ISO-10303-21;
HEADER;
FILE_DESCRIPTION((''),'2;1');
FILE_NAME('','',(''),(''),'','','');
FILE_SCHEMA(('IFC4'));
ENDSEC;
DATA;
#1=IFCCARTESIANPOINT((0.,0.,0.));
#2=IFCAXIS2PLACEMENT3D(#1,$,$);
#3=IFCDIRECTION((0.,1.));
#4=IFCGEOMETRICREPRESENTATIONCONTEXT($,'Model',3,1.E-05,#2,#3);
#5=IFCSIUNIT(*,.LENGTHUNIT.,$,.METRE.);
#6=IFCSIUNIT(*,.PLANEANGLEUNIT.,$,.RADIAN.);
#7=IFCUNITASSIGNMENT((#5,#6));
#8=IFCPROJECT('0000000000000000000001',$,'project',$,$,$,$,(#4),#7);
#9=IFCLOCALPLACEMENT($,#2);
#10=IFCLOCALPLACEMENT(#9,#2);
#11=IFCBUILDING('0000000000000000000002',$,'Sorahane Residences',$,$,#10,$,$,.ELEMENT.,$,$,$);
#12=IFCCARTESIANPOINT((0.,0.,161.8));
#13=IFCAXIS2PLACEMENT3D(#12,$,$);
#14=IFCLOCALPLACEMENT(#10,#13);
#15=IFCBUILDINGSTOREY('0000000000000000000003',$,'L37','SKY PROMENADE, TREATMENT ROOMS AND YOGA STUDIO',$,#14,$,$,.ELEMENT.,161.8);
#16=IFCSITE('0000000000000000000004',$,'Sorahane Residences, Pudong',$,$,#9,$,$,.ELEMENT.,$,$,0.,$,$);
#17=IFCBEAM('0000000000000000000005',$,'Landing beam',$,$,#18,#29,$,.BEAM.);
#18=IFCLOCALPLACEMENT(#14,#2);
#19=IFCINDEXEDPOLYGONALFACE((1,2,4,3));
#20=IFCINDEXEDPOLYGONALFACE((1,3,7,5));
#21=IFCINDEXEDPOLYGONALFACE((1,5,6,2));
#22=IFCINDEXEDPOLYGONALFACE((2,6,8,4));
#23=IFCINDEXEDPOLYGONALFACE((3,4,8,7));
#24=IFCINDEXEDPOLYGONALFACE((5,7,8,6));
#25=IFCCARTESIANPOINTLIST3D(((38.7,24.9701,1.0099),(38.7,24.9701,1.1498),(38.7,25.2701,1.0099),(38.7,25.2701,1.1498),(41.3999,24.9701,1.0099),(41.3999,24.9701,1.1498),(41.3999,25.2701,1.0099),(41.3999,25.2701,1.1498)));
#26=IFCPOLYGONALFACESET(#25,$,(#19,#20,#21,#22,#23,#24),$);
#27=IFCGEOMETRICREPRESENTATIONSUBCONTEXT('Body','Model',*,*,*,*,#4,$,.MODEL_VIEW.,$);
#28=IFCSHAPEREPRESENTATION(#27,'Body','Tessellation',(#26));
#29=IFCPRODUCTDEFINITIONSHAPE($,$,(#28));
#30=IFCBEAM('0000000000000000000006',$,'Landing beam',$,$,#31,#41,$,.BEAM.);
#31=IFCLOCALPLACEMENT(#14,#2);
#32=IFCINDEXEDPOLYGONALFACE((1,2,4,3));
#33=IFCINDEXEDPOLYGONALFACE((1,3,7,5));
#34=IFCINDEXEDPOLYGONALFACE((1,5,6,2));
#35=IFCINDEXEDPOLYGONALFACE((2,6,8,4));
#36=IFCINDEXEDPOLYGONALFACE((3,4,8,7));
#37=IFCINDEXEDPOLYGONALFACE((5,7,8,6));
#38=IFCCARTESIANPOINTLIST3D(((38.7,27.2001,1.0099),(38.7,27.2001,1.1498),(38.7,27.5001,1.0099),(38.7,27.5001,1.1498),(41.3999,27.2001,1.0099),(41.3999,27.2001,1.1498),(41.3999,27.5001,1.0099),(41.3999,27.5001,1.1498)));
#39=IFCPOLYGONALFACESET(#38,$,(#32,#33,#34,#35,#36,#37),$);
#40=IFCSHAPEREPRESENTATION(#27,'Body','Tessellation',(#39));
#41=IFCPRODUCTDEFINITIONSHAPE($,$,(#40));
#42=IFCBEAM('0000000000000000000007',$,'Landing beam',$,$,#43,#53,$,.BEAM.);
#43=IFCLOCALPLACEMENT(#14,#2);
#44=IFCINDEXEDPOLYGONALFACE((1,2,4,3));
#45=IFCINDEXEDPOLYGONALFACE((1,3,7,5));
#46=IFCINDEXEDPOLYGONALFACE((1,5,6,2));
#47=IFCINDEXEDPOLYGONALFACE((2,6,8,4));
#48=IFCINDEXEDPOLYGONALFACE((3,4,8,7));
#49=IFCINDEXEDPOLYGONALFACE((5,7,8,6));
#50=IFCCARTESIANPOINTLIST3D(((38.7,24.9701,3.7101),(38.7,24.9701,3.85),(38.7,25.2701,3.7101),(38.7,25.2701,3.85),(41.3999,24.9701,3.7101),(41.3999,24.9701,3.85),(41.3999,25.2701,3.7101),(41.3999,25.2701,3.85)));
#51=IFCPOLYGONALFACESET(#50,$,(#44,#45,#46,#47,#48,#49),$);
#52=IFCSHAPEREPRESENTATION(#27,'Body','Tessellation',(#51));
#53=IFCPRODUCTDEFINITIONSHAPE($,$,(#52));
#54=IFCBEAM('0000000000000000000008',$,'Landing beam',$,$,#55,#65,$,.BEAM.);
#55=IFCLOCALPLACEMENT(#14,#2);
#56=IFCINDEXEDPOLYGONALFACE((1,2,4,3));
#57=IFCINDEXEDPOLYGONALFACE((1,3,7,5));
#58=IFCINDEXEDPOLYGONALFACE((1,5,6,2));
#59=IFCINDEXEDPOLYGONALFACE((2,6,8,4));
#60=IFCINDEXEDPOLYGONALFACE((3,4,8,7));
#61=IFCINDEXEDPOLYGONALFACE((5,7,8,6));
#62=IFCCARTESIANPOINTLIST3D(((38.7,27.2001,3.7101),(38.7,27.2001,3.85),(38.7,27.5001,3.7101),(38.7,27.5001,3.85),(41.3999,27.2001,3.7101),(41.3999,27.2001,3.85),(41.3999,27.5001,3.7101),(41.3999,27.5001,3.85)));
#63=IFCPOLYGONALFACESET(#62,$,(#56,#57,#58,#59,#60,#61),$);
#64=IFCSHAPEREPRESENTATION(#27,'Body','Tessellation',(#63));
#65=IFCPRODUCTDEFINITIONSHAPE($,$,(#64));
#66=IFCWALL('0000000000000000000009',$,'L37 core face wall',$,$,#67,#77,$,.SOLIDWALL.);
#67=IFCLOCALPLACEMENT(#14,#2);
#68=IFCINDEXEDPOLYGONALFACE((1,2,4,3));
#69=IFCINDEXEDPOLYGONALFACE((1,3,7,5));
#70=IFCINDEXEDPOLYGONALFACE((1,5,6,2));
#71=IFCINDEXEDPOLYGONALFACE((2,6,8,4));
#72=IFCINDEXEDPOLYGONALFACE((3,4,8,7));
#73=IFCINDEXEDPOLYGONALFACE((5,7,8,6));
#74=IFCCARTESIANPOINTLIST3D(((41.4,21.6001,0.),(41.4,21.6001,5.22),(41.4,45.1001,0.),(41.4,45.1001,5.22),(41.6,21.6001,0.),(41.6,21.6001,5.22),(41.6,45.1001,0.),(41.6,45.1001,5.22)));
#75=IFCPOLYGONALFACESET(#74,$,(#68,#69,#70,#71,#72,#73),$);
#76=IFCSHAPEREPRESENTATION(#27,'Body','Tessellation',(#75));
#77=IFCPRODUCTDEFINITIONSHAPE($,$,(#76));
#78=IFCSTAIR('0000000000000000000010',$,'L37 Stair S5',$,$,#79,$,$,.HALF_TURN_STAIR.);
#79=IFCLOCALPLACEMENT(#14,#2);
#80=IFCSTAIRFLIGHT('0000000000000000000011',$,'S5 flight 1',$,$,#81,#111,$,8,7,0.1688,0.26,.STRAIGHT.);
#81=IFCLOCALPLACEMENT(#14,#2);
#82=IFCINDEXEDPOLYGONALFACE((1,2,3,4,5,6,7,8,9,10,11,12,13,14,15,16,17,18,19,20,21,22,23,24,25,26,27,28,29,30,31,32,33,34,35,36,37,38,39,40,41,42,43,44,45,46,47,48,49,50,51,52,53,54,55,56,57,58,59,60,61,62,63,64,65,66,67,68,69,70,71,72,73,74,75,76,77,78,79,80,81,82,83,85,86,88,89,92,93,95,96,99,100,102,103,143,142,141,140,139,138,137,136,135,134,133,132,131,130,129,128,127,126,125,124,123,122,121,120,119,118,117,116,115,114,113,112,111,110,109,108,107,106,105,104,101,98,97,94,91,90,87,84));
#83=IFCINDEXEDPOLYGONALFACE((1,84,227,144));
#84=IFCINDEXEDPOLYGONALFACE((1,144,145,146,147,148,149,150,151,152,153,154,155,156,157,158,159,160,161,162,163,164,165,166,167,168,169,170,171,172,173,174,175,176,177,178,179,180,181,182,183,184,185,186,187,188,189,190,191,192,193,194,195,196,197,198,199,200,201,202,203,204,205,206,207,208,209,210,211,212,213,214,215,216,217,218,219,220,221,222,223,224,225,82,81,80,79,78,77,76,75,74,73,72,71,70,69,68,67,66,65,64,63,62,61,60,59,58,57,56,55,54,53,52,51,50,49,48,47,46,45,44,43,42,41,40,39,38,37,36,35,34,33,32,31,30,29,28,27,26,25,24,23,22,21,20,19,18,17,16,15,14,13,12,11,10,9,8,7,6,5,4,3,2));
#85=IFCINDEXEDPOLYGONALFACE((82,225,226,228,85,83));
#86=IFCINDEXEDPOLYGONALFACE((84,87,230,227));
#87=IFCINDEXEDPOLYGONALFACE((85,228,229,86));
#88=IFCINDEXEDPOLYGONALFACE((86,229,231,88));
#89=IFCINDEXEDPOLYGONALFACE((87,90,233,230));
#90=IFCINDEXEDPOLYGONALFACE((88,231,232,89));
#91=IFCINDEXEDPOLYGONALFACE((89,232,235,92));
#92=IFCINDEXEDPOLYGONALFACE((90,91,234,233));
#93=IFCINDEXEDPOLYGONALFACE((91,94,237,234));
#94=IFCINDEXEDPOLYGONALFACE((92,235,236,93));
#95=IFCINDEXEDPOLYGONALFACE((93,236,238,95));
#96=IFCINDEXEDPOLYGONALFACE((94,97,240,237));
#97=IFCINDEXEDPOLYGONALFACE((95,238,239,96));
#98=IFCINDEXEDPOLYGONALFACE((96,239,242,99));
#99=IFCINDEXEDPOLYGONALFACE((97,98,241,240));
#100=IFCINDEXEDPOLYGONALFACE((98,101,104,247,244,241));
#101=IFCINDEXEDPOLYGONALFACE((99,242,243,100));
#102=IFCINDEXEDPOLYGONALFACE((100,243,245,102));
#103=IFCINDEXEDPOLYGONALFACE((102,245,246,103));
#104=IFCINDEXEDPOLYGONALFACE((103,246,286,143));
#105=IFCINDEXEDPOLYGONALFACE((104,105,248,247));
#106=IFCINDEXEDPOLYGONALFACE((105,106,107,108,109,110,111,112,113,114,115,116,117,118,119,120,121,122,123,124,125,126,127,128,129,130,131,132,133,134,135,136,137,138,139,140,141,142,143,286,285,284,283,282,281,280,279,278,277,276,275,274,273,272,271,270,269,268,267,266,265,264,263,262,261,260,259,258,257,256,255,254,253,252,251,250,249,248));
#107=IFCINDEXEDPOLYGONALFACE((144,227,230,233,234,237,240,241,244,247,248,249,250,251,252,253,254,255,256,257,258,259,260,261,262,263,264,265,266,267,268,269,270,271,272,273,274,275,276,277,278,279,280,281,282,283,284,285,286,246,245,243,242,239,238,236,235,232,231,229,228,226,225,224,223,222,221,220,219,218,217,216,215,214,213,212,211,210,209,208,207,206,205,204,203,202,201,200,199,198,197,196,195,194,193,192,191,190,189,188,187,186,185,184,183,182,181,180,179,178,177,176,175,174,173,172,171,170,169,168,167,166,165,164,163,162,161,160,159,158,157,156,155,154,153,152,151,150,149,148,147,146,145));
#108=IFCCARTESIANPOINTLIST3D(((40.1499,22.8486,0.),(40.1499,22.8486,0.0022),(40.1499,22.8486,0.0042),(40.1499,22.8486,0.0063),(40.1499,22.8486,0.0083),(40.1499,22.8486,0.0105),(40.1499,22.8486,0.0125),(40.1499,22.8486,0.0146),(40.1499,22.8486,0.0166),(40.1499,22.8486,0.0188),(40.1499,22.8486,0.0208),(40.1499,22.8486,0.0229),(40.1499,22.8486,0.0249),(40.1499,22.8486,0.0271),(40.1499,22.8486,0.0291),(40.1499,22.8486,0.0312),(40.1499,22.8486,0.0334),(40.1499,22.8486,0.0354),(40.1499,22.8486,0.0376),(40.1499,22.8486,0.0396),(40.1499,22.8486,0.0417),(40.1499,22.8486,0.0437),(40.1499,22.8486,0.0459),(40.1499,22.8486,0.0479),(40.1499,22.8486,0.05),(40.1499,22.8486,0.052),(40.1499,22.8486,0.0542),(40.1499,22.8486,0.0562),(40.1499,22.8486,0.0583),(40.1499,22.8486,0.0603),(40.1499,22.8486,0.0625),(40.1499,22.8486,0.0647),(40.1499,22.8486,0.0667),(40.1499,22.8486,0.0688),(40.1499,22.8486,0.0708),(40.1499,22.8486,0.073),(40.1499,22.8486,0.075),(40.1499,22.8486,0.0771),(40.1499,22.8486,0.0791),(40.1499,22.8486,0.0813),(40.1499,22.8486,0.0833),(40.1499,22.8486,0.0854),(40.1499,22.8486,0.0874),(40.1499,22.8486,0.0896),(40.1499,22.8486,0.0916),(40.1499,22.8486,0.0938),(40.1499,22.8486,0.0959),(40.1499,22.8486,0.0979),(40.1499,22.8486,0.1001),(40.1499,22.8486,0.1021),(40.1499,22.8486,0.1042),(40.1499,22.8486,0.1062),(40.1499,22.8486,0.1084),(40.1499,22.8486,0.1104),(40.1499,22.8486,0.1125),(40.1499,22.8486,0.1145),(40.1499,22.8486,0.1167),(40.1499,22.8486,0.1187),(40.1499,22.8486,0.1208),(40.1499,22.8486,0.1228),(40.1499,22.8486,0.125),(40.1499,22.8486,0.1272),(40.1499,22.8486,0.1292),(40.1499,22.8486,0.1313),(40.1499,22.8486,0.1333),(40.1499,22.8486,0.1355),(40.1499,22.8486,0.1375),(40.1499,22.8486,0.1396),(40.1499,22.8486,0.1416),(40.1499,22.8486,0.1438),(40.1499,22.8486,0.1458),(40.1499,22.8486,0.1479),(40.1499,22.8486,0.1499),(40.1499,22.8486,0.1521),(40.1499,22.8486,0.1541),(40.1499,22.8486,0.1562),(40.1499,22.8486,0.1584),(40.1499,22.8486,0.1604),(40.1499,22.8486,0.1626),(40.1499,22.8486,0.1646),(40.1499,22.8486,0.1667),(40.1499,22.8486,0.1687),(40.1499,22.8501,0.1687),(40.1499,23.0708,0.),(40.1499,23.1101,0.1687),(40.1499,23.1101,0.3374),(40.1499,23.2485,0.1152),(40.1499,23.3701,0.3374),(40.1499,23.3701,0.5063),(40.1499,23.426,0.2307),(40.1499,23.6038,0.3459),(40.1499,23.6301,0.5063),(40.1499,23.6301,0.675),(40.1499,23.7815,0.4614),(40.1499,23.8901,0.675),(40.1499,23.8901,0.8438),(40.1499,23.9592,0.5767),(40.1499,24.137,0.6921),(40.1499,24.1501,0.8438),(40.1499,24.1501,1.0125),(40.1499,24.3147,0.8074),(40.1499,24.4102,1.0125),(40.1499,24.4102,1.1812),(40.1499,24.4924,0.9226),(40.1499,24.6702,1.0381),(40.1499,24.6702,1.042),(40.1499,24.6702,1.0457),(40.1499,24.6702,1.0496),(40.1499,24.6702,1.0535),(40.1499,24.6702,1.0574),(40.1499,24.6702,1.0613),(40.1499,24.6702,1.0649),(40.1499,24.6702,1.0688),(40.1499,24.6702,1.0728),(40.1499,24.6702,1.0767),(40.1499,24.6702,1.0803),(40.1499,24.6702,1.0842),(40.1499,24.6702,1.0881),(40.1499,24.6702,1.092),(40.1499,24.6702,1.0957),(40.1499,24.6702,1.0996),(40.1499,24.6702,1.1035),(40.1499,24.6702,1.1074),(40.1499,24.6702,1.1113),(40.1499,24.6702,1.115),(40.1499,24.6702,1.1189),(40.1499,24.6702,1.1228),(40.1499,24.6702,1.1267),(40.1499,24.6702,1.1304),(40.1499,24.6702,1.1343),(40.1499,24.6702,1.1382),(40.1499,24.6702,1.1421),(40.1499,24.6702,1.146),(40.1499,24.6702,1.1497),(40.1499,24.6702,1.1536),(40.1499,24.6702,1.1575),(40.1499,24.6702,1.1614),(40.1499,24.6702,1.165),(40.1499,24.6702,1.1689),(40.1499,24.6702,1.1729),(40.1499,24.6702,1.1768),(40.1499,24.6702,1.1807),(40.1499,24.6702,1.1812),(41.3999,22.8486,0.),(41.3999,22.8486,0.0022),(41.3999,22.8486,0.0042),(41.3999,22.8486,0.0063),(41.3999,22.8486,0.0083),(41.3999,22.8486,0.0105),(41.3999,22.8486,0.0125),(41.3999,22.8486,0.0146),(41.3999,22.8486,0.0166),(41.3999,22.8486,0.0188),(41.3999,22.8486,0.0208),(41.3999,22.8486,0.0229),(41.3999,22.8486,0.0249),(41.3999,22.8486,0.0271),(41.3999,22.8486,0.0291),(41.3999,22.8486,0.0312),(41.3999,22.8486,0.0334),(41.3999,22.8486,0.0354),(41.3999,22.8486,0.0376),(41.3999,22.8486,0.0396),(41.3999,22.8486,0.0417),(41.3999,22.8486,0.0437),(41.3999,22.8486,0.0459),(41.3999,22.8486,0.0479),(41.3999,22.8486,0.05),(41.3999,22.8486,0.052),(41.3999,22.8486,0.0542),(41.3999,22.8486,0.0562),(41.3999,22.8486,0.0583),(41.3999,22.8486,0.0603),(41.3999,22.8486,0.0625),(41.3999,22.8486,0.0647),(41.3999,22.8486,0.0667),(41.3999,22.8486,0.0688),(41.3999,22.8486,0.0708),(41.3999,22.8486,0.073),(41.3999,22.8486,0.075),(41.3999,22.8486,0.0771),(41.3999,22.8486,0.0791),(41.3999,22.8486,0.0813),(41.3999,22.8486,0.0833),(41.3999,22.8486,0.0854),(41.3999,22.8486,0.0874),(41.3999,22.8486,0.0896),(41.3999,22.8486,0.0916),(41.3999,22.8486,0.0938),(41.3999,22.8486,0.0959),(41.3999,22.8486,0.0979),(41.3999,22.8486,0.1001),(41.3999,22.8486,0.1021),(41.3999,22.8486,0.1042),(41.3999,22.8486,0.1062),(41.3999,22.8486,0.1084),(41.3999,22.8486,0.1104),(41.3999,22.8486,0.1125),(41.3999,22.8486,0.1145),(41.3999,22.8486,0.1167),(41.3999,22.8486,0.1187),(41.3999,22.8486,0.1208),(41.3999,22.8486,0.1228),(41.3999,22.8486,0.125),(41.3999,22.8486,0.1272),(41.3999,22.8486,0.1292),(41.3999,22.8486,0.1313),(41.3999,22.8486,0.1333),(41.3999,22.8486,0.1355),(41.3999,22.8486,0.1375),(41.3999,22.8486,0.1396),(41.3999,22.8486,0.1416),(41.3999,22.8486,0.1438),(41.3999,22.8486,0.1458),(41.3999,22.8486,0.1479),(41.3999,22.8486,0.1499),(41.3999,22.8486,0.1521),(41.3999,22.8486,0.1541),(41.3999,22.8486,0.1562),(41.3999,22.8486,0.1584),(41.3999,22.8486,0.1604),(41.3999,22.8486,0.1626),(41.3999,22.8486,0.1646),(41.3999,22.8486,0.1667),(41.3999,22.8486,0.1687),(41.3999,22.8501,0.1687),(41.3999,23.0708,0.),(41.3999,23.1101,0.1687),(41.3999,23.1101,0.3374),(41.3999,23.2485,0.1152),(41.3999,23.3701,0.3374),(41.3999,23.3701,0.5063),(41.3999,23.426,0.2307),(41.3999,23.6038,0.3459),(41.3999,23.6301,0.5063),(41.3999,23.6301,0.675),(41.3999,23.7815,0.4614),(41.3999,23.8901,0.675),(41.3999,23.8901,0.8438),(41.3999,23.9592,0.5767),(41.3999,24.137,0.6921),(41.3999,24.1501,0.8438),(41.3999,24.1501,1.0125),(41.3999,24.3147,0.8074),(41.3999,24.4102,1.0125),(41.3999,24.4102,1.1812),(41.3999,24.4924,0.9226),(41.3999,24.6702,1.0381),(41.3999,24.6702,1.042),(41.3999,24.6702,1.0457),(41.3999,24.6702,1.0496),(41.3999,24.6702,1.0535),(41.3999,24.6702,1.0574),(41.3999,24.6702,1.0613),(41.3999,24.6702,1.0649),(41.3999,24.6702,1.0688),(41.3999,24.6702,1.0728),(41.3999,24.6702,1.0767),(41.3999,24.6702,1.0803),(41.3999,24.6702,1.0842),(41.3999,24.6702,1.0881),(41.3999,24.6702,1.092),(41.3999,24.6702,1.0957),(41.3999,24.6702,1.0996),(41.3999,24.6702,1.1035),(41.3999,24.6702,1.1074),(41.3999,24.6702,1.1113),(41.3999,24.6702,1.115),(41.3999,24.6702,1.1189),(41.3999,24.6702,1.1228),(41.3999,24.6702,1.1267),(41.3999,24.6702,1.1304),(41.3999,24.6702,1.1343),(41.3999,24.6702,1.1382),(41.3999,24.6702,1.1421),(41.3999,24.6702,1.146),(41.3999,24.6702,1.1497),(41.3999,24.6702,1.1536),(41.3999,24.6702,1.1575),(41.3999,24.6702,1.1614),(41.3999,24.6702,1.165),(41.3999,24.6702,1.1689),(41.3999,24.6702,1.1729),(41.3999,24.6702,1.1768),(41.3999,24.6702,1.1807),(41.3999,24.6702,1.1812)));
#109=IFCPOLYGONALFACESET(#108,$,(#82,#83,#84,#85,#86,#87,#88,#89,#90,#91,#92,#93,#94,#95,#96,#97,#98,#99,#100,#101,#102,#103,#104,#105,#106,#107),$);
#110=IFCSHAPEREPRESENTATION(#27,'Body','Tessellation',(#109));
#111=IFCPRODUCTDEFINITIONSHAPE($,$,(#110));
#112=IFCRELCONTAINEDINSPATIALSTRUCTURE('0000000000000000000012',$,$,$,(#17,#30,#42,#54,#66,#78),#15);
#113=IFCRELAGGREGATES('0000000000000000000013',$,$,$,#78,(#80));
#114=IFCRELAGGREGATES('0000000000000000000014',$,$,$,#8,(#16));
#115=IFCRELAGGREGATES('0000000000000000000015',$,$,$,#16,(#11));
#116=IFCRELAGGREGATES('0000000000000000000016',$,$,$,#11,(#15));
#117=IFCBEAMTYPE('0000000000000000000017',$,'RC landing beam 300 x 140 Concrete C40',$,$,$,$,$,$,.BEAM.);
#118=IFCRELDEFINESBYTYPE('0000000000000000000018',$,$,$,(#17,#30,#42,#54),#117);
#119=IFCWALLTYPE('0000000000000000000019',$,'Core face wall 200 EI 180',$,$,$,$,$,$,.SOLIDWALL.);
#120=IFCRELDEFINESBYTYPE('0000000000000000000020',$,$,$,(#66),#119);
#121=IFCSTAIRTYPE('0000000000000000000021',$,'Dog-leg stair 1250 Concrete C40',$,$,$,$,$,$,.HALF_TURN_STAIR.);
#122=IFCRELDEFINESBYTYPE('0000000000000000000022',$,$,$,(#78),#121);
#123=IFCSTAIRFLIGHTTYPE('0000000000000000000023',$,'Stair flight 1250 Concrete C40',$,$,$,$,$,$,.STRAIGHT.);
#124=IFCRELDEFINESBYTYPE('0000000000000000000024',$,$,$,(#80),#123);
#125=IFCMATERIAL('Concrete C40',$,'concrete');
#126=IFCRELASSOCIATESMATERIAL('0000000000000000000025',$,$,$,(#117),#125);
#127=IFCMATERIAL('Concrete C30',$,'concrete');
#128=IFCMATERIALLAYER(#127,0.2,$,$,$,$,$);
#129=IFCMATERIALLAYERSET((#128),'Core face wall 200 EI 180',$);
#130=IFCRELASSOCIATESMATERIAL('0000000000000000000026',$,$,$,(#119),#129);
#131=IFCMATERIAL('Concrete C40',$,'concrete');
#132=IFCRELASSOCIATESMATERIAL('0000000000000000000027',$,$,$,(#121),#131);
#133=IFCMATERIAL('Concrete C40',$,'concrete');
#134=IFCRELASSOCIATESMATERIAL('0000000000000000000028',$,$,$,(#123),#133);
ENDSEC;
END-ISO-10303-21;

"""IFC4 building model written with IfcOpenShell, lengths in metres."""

from ifc_helpers import new_model, si_unit, direction, frame, frame_2d, origin, origin_2d, place, context, subcontext, project, spatial, polyline, rectangle, outline, extrude, material, layer, layer_set, material_profile, profile_set, type_object, element, aggregate, save


model = new_model("IFC4")

# Units and contexts
model_context = context("Model", 3, precision=1e-05, world=origin(), true_north=direction((0.0, 1.0)))
body_context = subcontext(model_context, "Body", "Model", "MODEL_VIEW")
ifc_project = project(units=[si_unit("LENGTHUNIT", "METRE"), si_unit("PLANEANGLEUNIT", "RADIAN")], contexts=[model_context])

# Site, building, storey
site_placement = place(None, origin())
site = spatial("IfcSite", under=ifc_project, at=site_placement, Name="Sorahane Residences, Pudong", CompositionType="ELEMENT", RefElevation=0.0)
building_placement = place(site_placement, origin())
building = spatial("IfcBuilding", under=site, at=building_placement, Name="Sorahane Residences", CompositionType="ELEMENT")
storey_placement = place(building_placement, frame((0.0, 0.0, 161.8)))
storey = spatial("IfcBuildingStorey", under=building, at=storey_placement, Name="L37", Description="SKY PROMENADE, TREATMENT ROOMS AND YOGA STUDIO", CompositionType="ELEMENT", Elevation=161.8)

# Beams
ifc_material_1 = material(Name="Concrete C40", Category="concrete")
ifc_material_profile = material_profile(ifc_material_1, rectangle(XDim=0.3, YDim=0.1399, at=origin_2d()), Name="300x140")
ifc_profile_set = profile_set([ifc_material_profile], Name="Concrete C40")
beam_type = type_object("IfcBeamType", Name="RC landing beam 300 x 140 Concrete C40", PredefinedType="BEAM", material=ifc_profile_set)
for number, where, z_axis, x_axis, name in (
    (1, (38.7, 25.1201, 1.0798), (1.0, 0.0, 0.0), (0.0, 1.0, 0.0), "Landing beam"),
    (2, (38.7, 27.3501, 1.0798), (1.0, 0.0, 0.0), (0.0, 1.0, 0.0), "Landing beam"),
    (3, (38.7, 25.1201, 3.78), (1.0, 0.0, 0.0), (0.0, 1.0, 0.0), "Landing beam"),
    (4, (38.7, 27.3501, 3.78), (1.0, 0.0, 0.0), (0.0, 1.0, 0.0), "Landing beam"),
):
    element("IfcBeam", number, at=place(storey_placement, frame(where, z_axis=z_axis, x_axis=x_axis)), inside=storey, type_object=beam_type, Name=name, PredefinedType="BEAM", context=body_context, shape_type="SweptSolid", body=[
        extrude(rectangle(XDim=0.3, YDim=0.1399, at=origin_2d()), origin(), (0.0, 0.0, 1.0), 2.7),
    ])

# Wall
ifc_material_2 = material(Name="Concrete C30", Category="concrete")
ifc_layer = layer(ifc_material_2, 0.2)
ifc_layer_set = layer_set([ifc_layer], Name="Core face wall 200 EI 180")
wall_type = type_object("IfcWallType", Name="Core face wall 200 EI 180", PredefinedType="SOLIDWALL", material=ifc_layer_set)
wall_placement = place(storey_placement, frame((41.5, 21.6001, 0.0), z_axis=(0.0, 0.0, 1.0), x_axis=(0.0, 1.0, 0.0)))
element("IfcWall", 5, at=wall_placement, inside=storey, type_object=wall_type, Name="L37 core face wall", PredefinedType="SOLIDWALL", context=body_context, shape_type="SweptSolid", body=[
    extrude(rectangle(XDim=23.5, YDim=0.2, at=frame_2d((11.75, 0.0))), origin(), (0.0, 0.0, 1.0), 5.22),
])

# Stair, stair flight
ifc_material_3 = material(Name="Concrete C40", Category="concrete")
stair_type = type_object("IfcStairType", Name="Dog-leg stair 1250 Concrete C40", PredefinedType="HALF_TURN_STAIR", material=ifc_material_3)
stair_placement = place(storey_placement, origin())
stair = element("IfcStair", 6, at=stair_placement, inside=storey, type_object=stair_type, Name="L37 Stair S5", PredefinedType="HALF_TURN_STAIR")
ifc_material_4 = material(Name="Concrete C40", Category="concrete")
stair_flight_type = type_object("IfcStairFlightType", Name="Stair flight 1250 Concrete C40", PredefinedType="STRAIGHT", material=ifc_material_4)
stair_flight_1_placement = place(storey_placement, frame((40.7749, 22.8501, 0.0), z_axis=(0.0, 0.0, 1.0), x_axis=(0.0, 1.0, 0.0)))
stair_flight_1 = element("IfcStairFlight", 7, at=stair_flight_1_placement, type_object=stair_flight_type, Name="S5 flight 1", NumberOfRisers=8, NumberOfTreads=7, PredefinedType="STRAIGHT", RiserHeight=0.1688, TreadLength=0.26, context=body_context, shape_type="SweptSolid", body=[
    extrude(outline(polyline([(-0.0015, 0.0), (-0.0015, 0.0022), (-0.0015, 0.0042), (-0.0015, 0.0063), (-0.0015, 0.0083), (-0.0015, 0.0105), (-0.0015, 0.0125), (-0.0015, 0.0146), (-0.0015, 0.0166), (-0.0015, 0.0188), (-0.0015, 0.0208), (-0.0015, 0.0229), (-0.0015, 0.0249), (-0.0015, 0.0271), (-0.0015, 0.0291), (-0.0015, 0.0312), (-0.0015, 0.0334), (-0.0015, 0.0354), (-0.0015, 0.0376), (-0.0015, 0.0396), (-0.0015, 0.0417), (-0.0015, 0.0437), (-0.0015, 0.0459), (-0.0015, 0.0479), (-0.0015, 0.05), (-0.0015, 0.052), (-0.0015, 0.0542), (-0.0015, 0.0562), (-0.0015, 0.0583), (-0.0015, 0.0603), (-0.0015, 0.0625), (-0.0015, 0.0647), (-0.0015, 0.0667), (-0.0015, 0.0688), (-0.0015, 0.0708), (-0.0015, 0.073), (-0.0015, 0.075), (-0.0015, 0.0771), (-0.0015, 0.0791), (-0.0015, 0.0813), (-0.0015, 0.0833), (-0.0015, 0.0854), (-0.0015, 0.0874), (-0.0015, 0.0896), (-0.0015, 0.0916), (-0.0015, 0.0938), (-0.0015, 0.0959), (-0.0015, 0.0979), (-0.0015, 0.1001), (-0.0015, 0.1021), (-0.0015, 0.1042), (-0.0015, 0.1062), (-0.0015, 0.1084), (-0.0015, 0.1104), (-0.0015, 0.1125), (-0.0015, 0.1145), (-0.0015, 0.1167), (-0.0015, 0.1187), (-0.0015, 0.1208), (-0.0015, 0.1228), (-0.0015, 0.125), (-0.0015, 0.1272), (-0.0015, 0.1292), (-0.0015, 0.1313), (-0.0015, 0.1333), (-0.0015, 0.1355), (-0.0015, 0.1375), (-0.0015, 0.1396), (-0.0015, 0.1416), (-0.0015, 0.1438), (-0.0015, 0.1458), (-0.0015, 0.1479), (-0.0015, 0.1499), (-0.0015, 0.1521), (-0.0015, 0.1541), (-0.0015, 0.1562), (-0.0015, 0.1584), (-0.0015, 0.1604), (-0.0015, 0.1626), (-0.0015, 0.1646), (-0.0015, 0.1667), (-0.0015, 0.1687), (0.0, 0.1687), (0.26, 0.1687), (0.26, 0.3374), (0.52, 0.3374), (0.52, 0.5063), (0.78, 0.5063), (0.78, 0.675), (1.04, 0.675), (1.04, 0.8438), (1.3, 0.8438), (1.3, 1.0125), (1.5601, 1.0125), (1.5601, 1.1812), (1.8201, 1.1812), (1.8201, 1.3501), (1.8201, 1.3462), (1.8201, 1.3423), (1.8201, 1.3384), (1.8201, 1.3347), (1.8201, 1.3308), (1.8201, 1.3269), (1.8201, 1.323), (1.8201, 1.3191), (1.8201, 1.3154), (1.8201, 1.3115), (1.8201, 1.3076), (1.8201, 1.3037), (1.8201, 1.3), (1.8201, 1.2961), (1.8201, 1.2922), (1.8201, 1.2883), (1.8201, 1.2844), (1.8201, 1.2808), (1.8201, 1.2769), (1.8201, 1.2729), (1.8201, 1.269), (1.8201, 1.2654), (1.8201, 1.2615), (1.8201, 1.2576), (1.8201, 1.2537), (1.8201, 1.2498), (1.8201, 1.2461), (1.8201, 1.2422), (1.8201, 1.2383), (1.8201, 1.2344), (1.8201, 1.2307), (1.8201, 1.2268), (1.8201, 1.2229), (1.8201, 1.219), (1.8201, 1.2151), (1.8201, 1.2114), (1.8201, 1.2075), (1.8201, 1.2036), (1.8201, 1.1997), (1.8201, 1.196), (1.8201, 1.1921), (1.8201, 1.1882), (1.8201, 1.1843), (1.8201, 1.1807), (1.8201, 1.1768), (1.8201, 1.1729), (1.8201, 1.1689), (1.8201, 1.165), (1.8201, 1.1614), (1.8201, 1.1575), (1.8201, 1.1536), (1.8201, 1.1497), (1.8201, 1.146), (1.8201, 1.1421), (1.8201, 1.1382), (1.8201, 1.1343), (1.8201, 1.1304), (1.8201, 1.1267), (1.8201, 1.1228), (1.8201, 1.1189), (1.8201, 1.115), (1.8201, 1.1113), (1.8201, 1.1074), (1.8201, 1.1035), (1.8201, 1.0996), (1.8201, 1.0957), (1.8201, 1.092), (1.8201, 1.0881), (1.8201, 1.0842), (1.8201, 1.0803), (1.8201, 1.0767), (1.8201, 1.0728), (1.8201, 1.0688), (1.8201, 1.0649), (1.8201, 1.0613), (1.8201, 1.0574), (1.8201, 1.0535), (1.8201, 1.0496), (1.8201, 1.0457), (1.8201, 1.042), (1.8201, 1.0381), (1.6423, 0.9226), (1.4646, 0.8074), (1.2869, 0.6921), (1.1091, 0.5767), (0.9314, 0.4614), (0.7537, 0.3459), (0.5759, 0.2307), (0.3984, 0.1152), (0.2207, 0.0), (-0.0015, 0.0)])), frame((0.0, 0.625, 0.0), z_axis=(0.0, -1.0, 0.0), x_axis=(1.0, 0.0, 0.0)), (0.0, 0.0, 1.0), 1.25),
])
aggregate(stair, [stair_flight_1])

save(model, "model.ifc")
